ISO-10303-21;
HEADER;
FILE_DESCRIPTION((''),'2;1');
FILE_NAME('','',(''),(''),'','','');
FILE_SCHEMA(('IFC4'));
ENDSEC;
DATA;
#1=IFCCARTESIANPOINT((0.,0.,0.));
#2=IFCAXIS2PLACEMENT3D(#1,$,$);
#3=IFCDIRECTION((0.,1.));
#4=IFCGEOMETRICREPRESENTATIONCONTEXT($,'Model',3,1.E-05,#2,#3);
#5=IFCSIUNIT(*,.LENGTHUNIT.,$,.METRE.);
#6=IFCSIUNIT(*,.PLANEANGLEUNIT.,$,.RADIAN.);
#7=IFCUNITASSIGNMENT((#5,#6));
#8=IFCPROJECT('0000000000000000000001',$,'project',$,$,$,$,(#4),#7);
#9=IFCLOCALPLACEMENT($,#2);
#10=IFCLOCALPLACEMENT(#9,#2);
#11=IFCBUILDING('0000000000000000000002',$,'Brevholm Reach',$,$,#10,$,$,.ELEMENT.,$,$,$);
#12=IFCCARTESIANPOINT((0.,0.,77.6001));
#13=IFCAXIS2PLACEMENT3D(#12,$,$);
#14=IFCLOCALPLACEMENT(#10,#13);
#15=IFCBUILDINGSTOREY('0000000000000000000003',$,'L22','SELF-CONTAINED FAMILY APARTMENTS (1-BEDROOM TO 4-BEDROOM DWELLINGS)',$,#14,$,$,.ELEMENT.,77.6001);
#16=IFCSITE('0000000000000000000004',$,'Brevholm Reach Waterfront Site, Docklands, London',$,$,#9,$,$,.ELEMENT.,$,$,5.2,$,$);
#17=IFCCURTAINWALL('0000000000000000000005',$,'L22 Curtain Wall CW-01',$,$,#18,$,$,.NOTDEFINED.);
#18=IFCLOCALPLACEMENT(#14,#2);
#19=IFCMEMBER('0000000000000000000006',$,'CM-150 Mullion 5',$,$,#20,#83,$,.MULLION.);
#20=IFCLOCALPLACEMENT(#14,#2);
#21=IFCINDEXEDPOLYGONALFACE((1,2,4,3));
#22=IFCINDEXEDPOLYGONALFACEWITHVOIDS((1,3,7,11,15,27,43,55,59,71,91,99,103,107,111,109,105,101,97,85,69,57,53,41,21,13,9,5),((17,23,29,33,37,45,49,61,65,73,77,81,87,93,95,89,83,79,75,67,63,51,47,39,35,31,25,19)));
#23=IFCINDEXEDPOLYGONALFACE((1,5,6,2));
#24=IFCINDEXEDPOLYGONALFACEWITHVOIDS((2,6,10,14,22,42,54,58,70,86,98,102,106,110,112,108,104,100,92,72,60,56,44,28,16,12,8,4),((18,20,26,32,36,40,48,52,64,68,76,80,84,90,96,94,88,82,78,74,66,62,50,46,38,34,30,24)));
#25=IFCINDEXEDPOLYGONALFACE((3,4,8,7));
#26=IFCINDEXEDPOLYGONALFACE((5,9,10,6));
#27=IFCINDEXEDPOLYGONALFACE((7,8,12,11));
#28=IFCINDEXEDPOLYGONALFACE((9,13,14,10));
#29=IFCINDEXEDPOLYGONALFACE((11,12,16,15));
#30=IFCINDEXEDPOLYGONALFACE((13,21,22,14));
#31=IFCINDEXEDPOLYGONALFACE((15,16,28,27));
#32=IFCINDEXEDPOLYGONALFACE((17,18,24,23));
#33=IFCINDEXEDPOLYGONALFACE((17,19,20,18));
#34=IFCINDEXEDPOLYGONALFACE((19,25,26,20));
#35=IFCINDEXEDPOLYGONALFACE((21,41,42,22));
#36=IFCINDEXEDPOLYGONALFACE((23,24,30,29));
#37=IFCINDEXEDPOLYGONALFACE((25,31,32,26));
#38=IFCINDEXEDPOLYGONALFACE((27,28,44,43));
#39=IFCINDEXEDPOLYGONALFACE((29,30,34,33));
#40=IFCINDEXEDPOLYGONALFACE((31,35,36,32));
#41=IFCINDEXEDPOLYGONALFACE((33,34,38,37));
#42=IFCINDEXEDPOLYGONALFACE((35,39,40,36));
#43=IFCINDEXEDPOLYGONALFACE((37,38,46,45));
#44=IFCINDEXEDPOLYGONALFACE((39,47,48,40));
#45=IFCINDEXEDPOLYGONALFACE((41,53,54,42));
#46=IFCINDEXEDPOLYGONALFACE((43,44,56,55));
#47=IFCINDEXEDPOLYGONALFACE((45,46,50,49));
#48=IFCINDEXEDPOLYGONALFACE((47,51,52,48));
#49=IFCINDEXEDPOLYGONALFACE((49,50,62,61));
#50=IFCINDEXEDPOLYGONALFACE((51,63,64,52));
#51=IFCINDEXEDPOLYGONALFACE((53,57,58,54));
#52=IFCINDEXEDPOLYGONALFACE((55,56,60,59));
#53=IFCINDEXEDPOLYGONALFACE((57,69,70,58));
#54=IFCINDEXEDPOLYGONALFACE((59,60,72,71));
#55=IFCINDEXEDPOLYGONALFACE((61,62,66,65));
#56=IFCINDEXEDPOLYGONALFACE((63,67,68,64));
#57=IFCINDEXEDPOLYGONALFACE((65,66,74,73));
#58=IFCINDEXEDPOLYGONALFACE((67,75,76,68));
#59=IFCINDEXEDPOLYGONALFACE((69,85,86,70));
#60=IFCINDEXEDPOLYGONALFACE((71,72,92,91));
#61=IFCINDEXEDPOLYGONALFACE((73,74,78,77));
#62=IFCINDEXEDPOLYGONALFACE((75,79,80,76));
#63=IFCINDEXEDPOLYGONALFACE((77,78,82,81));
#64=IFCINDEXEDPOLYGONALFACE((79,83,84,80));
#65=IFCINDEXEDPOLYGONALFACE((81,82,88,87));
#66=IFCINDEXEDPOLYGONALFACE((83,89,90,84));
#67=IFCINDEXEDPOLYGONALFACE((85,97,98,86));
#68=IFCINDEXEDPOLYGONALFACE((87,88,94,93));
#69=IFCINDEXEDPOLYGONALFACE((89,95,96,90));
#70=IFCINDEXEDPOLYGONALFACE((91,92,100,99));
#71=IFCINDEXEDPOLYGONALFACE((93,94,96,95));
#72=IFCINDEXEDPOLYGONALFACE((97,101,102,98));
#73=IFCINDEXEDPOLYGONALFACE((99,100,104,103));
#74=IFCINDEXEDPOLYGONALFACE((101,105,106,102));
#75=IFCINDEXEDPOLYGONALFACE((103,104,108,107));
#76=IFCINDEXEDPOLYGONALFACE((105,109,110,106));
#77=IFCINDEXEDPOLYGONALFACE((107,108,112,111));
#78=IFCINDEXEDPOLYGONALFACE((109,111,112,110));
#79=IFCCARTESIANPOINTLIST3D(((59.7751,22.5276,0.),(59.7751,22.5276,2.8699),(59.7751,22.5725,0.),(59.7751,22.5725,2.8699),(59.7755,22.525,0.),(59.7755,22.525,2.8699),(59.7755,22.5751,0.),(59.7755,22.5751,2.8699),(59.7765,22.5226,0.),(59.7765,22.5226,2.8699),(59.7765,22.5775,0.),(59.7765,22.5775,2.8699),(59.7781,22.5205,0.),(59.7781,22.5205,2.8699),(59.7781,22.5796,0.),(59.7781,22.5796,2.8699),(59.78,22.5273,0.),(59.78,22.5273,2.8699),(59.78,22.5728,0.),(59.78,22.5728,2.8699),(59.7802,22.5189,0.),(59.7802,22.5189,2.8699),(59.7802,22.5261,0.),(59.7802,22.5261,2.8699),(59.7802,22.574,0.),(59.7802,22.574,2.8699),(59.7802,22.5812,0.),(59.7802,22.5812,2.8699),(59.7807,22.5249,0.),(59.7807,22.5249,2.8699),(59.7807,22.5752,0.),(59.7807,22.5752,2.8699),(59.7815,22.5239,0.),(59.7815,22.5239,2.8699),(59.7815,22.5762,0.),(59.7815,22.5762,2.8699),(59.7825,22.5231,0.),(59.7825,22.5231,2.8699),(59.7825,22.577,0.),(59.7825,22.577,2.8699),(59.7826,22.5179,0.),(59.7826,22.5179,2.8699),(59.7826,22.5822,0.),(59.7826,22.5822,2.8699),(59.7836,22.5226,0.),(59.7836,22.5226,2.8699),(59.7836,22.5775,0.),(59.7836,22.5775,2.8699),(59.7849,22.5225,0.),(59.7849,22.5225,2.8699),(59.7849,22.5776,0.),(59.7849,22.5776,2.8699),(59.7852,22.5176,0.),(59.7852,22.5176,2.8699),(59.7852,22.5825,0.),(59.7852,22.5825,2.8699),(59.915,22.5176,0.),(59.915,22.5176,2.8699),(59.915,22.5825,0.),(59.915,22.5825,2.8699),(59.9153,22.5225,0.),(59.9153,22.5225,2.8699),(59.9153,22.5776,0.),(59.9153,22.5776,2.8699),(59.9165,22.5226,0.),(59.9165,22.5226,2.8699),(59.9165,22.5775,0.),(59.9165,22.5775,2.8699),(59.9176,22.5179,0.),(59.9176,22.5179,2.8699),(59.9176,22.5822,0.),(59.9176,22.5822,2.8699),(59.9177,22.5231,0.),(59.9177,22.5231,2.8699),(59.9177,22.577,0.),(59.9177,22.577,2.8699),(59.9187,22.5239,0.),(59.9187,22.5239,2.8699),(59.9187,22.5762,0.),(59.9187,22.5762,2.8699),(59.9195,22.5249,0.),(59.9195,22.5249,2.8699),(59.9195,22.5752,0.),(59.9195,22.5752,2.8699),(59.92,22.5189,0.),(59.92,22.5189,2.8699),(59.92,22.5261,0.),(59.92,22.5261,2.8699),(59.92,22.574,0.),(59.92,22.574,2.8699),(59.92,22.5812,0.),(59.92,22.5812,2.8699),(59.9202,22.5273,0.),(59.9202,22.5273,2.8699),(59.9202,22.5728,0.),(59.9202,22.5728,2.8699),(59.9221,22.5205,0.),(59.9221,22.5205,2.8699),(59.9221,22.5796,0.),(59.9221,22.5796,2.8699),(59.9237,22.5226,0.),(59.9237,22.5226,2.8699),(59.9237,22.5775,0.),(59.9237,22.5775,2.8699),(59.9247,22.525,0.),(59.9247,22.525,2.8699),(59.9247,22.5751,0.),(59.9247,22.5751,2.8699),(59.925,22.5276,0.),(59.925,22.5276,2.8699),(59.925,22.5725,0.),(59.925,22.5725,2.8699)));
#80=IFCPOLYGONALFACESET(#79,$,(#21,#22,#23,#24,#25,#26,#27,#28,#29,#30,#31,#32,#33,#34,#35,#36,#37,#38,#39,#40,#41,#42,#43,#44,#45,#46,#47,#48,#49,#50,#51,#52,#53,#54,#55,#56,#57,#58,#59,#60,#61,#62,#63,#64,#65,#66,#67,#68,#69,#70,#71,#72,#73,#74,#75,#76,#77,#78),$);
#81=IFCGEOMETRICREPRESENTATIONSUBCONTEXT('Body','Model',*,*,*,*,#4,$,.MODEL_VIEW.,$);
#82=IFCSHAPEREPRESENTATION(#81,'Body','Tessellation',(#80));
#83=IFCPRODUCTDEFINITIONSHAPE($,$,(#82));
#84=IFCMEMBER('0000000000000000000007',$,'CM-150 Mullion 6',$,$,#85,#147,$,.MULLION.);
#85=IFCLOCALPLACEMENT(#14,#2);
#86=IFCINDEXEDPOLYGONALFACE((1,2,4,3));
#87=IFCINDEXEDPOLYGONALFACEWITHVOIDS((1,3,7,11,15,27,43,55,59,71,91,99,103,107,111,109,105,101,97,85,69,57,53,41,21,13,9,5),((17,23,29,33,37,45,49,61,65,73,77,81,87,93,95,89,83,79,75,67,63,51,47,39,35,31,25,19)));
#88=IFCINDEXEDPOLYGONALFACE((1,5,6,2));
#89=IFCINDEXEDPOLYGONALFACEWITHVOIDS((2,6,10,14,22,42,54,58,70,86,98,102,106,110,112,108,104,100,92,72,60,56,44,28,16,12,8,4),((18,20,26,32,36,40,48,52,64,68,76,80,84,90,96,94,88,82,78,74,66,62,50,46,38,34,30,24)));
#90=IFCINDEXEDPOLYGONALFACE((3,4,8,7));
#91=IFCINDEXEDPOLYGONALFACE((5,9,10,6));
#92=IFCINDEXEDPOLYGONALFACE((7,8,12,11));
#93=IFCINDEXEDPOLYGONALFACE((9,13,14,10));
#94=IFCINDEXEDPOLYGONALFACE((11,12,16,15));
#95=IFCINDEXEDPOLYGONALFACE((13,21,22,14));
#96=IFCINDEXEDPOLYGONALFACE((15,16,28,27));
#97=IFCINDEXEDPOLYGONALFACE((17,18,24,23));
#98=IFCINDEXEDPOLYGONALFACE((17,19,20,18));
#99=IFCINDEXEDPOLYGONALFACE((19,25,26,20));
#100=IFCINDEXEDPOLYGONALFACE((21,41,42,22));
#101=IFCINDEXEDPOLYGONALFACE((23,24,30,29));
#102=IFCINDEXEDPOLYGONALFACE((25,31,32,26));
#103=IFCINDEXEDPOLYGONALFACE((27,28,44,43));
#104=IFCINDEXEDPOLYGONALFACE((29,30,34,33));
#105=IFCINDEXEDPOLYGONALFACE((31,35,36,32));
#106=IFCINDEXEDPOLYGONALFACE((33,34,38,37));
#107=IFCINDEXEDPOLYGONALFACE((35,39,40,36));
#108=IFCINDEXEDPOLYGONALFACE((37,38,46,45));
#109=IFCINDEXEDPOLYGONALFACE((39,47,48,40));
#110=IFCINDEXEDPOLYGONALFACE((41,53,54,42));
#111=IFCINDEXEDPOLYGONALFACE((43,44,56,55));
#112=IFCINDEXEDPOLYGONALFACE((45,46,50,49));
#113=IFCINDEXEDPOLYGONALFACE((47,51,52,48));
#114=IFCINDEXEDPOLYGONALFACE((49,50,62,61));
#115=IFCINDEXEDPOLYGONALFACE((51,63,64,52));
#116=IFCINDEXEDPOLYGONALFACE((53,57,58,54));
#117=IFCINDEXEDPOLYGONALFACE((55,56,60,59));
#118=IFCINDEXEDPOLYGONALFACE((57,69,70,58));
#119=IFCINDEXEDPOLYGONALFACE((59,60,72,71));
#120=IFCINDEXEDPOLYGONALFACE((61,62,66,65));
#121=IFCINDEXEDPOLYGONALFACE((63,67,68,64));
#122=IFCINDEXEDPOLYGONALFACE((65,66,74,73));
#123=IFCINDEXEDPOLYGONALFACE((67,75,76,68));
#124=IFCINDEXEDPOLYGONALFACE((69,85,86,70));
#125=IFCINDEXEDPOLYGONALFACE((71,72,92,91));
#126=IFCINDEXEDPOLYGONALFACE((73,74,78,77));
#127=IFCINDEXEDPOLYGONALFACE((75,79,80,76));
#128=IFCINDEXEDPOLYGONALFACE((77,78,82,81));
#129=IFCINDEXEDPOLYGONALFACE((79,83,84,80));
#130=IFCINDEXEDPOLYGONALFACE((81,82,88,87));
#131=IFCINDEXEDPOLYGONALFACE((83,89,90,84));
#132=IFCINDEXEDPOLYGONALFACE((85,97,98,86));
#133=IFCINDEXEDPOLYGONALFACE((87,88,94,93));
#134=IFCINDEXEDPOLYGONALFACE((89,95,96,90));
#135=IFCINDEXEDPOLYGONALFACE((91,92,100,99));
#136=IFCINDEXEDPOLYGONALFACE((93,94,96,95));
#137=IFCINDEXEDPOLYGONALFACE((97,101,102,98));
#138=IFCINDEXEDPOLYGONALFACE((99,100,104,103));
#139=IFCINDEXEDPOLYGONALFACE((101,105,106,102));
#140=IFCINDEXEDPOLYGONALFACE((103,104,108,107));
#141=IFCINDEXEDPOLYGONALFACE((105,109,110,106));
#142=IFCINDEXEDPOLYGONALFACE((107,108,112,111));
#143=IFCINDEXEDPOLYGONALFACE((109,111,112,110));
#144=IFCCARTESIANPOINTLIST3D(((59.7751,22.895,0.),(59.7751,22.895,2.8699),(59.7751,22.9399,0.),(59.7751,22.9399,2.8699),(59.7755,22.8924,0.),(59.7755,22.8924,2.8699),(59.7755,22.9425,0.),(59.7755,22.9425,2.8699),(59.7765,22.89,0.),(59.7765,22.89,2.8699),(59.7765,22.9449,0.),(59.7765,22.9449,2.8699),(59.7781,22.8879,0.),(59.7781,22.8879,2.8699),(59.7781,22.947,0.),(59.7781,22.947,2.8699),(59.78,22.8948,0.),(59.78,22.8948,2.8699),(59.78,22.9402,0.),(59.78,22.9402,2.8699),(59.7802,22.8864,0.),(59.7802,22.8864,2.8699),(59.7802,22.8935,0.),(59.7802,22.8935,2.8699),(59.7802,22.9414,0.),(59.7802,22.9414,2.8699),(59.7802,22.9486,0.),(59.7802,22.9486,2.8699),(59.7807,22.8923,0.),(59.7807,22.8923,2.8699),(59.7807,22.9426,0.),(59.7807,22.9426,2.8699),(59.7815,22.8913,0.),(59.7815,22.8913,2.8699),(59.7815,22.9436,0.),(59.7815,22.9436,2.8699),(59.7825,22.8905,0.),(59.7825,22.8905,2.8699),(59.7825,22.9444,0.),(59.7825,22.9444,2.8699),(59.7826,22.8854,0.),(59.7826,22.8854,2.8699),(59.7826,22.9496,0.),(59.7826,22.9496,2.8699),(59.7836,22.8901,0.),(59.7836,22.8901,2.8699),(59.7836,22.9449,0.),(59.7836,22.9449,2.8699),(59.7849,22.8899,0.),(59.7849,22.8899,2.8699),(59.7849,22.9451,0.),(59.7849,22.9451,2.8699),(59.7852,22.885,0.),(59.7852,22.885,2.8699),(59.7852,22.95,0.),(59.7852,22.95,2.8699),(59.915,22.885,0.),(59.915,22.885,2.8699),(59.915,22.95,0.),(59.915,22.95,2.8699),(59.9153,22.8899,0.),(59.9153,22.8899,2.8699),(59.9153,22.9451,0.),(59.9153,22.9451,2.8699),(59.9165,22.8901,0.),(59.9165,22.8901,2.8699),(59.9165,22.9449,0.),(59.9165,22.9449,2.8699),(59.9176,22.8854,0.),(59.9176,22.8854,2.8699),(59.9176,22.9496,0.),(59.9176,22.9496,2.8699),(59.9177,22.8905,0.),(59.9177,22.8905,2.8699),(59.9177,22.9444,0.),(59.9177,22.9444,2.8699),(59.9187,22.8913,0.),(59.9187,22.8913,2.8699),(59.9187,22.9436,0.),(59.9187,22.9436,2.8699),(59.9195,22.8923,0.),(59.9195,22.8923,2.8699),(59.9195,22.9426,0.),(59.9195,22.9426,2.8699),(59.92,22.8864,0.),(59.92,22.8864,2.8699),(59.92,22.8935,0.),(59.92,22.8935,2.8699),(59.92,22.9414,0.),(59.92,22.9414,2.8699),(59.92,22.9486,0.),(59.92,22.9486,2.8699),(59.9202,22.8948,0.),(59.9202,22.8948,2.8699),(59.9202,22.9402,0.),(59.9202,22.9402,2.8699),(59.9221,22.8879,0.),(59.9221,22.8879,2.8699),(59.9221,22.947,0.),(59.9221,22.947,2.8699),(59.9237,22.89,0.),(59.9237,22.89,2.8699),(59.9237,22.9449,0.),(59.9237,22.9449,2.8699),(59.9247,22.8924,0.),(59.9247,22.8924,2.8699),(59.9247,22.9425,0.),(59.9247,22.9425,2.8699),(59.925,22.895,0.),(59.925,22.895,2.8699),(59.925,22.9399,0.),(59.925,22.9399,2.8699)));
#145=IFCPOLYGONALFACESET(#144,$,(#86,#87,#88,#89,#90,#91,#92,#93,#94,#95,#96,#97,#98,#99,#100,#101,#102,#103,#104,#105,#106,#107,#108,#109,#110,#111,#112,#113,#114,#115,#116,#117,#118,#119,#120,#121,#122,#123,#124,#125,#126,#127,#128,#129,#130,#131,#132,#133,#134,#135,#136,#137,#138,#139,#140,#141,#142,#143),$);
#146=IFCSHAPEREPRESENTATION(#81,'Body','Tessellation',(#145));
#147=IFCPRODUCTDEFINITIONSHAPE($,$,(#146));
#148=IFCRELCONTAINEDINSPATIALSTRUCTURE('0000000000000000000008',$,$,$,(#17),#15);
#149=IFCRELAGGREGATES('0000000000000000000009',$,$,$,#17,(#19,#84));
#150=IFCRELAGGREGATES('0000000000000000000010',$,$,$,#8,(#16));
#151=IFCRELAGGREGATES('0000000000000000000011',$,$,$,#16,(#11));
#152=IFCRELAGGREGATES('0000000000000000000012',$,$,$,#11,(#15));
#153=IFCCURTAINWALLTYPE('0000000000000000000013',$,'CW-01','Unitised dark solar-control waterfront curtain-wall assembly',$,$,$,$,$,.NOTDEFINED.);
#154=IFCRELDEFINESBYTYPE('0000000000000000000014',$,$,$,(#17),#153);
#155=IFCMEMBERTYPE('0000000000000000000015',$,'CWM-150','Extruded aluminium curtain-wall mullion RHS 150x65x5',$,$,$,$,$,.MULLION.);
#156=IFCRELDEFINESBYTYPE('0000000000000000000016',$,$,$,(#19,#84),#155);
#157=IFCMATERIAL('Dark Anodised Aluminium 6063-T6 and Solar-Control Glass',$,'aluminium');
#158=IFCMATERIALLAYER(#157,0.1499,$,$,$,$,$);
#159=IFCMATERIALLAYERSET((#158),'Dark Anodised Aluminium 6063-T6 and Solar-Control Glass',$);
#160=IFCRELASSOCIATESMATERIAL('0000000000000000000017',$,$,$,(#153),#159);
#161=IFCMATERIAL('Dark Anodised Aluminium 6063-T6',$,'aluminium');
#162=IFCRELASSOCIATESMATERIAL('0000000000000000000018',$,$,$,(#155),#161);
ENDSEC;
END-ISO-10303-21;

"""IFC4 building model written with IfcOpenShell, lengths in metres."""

from ifc_helpers import new_model, si_unit, direction, frame, origin, origin_2d, place, context, subcontext, project, spatial, hollow_rectangle, extrude, material, layer, layer_set, material_profile, profile_set, type_object, element, aggregate, save


model = new_model("IFC4")

# Units and contexts
model_context = context("Model", 3, precision=1e-05, world=origin(), true_north=direction((0.0, 1.0)))
body_context = subcontext(model_context, "Body", "Model", "MODEL_VIEW")
ifc_project = project(units=[si_unit("LENGTHUNIT", "METRE"), si_unit("PLANEANGLEUNIT", "RADIAN")], contexts=[model_context])

# Site, building, storey
site_placement = place(None, origin())
site = spatial("IfcSite", under=ifc_project, at=site_placement, Name="Brevholm Reach Waterfront Site, Docklands, London", CompositionType="ELEMENT", RefElevation=5.2)
building_placement = place(site_placement, origin())
building = spatial("IfcBuilding", under=site, at=building_placement, Name="Brevholm Reach", CompositionType="ELEMENT")
storey_placement = place(building_placement, frame((0.0, 0.0, 77.6001)))
storey = spatial("IfcBuildingStorey", under=building, at=storey_placement, Name="L22", Description="SELF-CONTAINED FAMILY APARTMENTS (1-BEDROOM TO 4-BEDROOM DWELLINGS)", CompositionType="ELEMENT", Elevation=77.6001)

# Curtain wall, members
ifc_material_1 = material(Name="Dark Anodised Aluminium 6063-T6 and Solar-Control Glass", Category="aluminium")
ifc_layer_1 = layer(ifc_material_1, 0.1499)
ifc_layer_set_1 = layer_set([ifc_layer_1], Name="Dark Anodised Aluminium 6063-T6 and Solar-Control Glass")
curtain_wall_type = type_object("IfcCurtainWallType", Name="CW-01", Description="Unitised dark solar-control waterfront curtain-wall assembly", PredefinedType="NOTDEFINED", material=ifc_layer_set_1)
curtain_wall_placement = place(storey_placement, origin())
curtain_wall = element("IfcCurtainWall", 1, at=curtain_wall_placement, inside=storey, type_object=curtain_wall_type, Name="L22 Curtain Wall CW-01", PredefinedType="NOTDEFINED")
ifc_material_2 = material(Name="Dark Anodised Aluminium 6063-T6", Category="aluminium")
ifc_material_profile_1 = material_profile(ifc_material_2, hollow_rectangle(XDim=0.0649, YDim=0.1499, WallThickness=0.0049, InnerFilletRadius=0.0049, OuterFilletRadius=0.01, at=origin_2d()), Name="RHS 150x65x5")
ifc_profile_set_1 = profile_set([ifc_material_profile_1], Name="Dark Anodised Aluminium 6063-T6")
member_type_1 = type_object("IfcMemberType", Name="CWM-150", Description="Extruded aluminium curtain-wall mullion RHS 150x65x5", PredefinedType="MULLION", material=ifc_profile_set_1)
member_1_placement = place(storey_placement, frame((59.8501, 22.55, 0.0), z_axis=(0.0, 0.0, 1.0), x_axis=(0.0, 1.0, 0.0)))
member_1 = element("IfcMember", 2, at=member_1_placement, type_object=member_type_1, Name="CM-150 Mullion 5", PredefinedType="MULLION", context=body_context, shape_type="SweptSolid", body=[
    extrude(hollow_rectangle(XDim=0.0649, YDim=0.1499, WallThickness=0.0049, InnerFilletRadius=0.0049, OuterFilletRadius=0.01, at=origin_2d()), origin(), (0.0, 0.0, 1.0), 2.8699),
])
member_2_placement = place(storey_placement, frame((59.8501, 22.9175, 0.0), z_axis=(0.0, 0.0, 1.0), x_axis=(0.0, 1.0, 0.0)))
member_2 = element("IfcMember", 3, at=member_2_placement, type_object=member_type_1, Name="CM-150 Mullion 6", PredefinedType="MULLION", context=body_context, shape_type="SweptSolid", body=[
    extrude(hollow_rectangle(XDim=0.0649, YDim=0.1499, WallThickness=0.0049, InnerFilletRadius=0.0049, OuterFilletRadius=0.01, at=origin_2d()), origin(), (0.0, 0.0, 1.0), 2.8699),
])
aggregate(curtain_wall, [member_1, member_2])

save(model, "model.ifc")
